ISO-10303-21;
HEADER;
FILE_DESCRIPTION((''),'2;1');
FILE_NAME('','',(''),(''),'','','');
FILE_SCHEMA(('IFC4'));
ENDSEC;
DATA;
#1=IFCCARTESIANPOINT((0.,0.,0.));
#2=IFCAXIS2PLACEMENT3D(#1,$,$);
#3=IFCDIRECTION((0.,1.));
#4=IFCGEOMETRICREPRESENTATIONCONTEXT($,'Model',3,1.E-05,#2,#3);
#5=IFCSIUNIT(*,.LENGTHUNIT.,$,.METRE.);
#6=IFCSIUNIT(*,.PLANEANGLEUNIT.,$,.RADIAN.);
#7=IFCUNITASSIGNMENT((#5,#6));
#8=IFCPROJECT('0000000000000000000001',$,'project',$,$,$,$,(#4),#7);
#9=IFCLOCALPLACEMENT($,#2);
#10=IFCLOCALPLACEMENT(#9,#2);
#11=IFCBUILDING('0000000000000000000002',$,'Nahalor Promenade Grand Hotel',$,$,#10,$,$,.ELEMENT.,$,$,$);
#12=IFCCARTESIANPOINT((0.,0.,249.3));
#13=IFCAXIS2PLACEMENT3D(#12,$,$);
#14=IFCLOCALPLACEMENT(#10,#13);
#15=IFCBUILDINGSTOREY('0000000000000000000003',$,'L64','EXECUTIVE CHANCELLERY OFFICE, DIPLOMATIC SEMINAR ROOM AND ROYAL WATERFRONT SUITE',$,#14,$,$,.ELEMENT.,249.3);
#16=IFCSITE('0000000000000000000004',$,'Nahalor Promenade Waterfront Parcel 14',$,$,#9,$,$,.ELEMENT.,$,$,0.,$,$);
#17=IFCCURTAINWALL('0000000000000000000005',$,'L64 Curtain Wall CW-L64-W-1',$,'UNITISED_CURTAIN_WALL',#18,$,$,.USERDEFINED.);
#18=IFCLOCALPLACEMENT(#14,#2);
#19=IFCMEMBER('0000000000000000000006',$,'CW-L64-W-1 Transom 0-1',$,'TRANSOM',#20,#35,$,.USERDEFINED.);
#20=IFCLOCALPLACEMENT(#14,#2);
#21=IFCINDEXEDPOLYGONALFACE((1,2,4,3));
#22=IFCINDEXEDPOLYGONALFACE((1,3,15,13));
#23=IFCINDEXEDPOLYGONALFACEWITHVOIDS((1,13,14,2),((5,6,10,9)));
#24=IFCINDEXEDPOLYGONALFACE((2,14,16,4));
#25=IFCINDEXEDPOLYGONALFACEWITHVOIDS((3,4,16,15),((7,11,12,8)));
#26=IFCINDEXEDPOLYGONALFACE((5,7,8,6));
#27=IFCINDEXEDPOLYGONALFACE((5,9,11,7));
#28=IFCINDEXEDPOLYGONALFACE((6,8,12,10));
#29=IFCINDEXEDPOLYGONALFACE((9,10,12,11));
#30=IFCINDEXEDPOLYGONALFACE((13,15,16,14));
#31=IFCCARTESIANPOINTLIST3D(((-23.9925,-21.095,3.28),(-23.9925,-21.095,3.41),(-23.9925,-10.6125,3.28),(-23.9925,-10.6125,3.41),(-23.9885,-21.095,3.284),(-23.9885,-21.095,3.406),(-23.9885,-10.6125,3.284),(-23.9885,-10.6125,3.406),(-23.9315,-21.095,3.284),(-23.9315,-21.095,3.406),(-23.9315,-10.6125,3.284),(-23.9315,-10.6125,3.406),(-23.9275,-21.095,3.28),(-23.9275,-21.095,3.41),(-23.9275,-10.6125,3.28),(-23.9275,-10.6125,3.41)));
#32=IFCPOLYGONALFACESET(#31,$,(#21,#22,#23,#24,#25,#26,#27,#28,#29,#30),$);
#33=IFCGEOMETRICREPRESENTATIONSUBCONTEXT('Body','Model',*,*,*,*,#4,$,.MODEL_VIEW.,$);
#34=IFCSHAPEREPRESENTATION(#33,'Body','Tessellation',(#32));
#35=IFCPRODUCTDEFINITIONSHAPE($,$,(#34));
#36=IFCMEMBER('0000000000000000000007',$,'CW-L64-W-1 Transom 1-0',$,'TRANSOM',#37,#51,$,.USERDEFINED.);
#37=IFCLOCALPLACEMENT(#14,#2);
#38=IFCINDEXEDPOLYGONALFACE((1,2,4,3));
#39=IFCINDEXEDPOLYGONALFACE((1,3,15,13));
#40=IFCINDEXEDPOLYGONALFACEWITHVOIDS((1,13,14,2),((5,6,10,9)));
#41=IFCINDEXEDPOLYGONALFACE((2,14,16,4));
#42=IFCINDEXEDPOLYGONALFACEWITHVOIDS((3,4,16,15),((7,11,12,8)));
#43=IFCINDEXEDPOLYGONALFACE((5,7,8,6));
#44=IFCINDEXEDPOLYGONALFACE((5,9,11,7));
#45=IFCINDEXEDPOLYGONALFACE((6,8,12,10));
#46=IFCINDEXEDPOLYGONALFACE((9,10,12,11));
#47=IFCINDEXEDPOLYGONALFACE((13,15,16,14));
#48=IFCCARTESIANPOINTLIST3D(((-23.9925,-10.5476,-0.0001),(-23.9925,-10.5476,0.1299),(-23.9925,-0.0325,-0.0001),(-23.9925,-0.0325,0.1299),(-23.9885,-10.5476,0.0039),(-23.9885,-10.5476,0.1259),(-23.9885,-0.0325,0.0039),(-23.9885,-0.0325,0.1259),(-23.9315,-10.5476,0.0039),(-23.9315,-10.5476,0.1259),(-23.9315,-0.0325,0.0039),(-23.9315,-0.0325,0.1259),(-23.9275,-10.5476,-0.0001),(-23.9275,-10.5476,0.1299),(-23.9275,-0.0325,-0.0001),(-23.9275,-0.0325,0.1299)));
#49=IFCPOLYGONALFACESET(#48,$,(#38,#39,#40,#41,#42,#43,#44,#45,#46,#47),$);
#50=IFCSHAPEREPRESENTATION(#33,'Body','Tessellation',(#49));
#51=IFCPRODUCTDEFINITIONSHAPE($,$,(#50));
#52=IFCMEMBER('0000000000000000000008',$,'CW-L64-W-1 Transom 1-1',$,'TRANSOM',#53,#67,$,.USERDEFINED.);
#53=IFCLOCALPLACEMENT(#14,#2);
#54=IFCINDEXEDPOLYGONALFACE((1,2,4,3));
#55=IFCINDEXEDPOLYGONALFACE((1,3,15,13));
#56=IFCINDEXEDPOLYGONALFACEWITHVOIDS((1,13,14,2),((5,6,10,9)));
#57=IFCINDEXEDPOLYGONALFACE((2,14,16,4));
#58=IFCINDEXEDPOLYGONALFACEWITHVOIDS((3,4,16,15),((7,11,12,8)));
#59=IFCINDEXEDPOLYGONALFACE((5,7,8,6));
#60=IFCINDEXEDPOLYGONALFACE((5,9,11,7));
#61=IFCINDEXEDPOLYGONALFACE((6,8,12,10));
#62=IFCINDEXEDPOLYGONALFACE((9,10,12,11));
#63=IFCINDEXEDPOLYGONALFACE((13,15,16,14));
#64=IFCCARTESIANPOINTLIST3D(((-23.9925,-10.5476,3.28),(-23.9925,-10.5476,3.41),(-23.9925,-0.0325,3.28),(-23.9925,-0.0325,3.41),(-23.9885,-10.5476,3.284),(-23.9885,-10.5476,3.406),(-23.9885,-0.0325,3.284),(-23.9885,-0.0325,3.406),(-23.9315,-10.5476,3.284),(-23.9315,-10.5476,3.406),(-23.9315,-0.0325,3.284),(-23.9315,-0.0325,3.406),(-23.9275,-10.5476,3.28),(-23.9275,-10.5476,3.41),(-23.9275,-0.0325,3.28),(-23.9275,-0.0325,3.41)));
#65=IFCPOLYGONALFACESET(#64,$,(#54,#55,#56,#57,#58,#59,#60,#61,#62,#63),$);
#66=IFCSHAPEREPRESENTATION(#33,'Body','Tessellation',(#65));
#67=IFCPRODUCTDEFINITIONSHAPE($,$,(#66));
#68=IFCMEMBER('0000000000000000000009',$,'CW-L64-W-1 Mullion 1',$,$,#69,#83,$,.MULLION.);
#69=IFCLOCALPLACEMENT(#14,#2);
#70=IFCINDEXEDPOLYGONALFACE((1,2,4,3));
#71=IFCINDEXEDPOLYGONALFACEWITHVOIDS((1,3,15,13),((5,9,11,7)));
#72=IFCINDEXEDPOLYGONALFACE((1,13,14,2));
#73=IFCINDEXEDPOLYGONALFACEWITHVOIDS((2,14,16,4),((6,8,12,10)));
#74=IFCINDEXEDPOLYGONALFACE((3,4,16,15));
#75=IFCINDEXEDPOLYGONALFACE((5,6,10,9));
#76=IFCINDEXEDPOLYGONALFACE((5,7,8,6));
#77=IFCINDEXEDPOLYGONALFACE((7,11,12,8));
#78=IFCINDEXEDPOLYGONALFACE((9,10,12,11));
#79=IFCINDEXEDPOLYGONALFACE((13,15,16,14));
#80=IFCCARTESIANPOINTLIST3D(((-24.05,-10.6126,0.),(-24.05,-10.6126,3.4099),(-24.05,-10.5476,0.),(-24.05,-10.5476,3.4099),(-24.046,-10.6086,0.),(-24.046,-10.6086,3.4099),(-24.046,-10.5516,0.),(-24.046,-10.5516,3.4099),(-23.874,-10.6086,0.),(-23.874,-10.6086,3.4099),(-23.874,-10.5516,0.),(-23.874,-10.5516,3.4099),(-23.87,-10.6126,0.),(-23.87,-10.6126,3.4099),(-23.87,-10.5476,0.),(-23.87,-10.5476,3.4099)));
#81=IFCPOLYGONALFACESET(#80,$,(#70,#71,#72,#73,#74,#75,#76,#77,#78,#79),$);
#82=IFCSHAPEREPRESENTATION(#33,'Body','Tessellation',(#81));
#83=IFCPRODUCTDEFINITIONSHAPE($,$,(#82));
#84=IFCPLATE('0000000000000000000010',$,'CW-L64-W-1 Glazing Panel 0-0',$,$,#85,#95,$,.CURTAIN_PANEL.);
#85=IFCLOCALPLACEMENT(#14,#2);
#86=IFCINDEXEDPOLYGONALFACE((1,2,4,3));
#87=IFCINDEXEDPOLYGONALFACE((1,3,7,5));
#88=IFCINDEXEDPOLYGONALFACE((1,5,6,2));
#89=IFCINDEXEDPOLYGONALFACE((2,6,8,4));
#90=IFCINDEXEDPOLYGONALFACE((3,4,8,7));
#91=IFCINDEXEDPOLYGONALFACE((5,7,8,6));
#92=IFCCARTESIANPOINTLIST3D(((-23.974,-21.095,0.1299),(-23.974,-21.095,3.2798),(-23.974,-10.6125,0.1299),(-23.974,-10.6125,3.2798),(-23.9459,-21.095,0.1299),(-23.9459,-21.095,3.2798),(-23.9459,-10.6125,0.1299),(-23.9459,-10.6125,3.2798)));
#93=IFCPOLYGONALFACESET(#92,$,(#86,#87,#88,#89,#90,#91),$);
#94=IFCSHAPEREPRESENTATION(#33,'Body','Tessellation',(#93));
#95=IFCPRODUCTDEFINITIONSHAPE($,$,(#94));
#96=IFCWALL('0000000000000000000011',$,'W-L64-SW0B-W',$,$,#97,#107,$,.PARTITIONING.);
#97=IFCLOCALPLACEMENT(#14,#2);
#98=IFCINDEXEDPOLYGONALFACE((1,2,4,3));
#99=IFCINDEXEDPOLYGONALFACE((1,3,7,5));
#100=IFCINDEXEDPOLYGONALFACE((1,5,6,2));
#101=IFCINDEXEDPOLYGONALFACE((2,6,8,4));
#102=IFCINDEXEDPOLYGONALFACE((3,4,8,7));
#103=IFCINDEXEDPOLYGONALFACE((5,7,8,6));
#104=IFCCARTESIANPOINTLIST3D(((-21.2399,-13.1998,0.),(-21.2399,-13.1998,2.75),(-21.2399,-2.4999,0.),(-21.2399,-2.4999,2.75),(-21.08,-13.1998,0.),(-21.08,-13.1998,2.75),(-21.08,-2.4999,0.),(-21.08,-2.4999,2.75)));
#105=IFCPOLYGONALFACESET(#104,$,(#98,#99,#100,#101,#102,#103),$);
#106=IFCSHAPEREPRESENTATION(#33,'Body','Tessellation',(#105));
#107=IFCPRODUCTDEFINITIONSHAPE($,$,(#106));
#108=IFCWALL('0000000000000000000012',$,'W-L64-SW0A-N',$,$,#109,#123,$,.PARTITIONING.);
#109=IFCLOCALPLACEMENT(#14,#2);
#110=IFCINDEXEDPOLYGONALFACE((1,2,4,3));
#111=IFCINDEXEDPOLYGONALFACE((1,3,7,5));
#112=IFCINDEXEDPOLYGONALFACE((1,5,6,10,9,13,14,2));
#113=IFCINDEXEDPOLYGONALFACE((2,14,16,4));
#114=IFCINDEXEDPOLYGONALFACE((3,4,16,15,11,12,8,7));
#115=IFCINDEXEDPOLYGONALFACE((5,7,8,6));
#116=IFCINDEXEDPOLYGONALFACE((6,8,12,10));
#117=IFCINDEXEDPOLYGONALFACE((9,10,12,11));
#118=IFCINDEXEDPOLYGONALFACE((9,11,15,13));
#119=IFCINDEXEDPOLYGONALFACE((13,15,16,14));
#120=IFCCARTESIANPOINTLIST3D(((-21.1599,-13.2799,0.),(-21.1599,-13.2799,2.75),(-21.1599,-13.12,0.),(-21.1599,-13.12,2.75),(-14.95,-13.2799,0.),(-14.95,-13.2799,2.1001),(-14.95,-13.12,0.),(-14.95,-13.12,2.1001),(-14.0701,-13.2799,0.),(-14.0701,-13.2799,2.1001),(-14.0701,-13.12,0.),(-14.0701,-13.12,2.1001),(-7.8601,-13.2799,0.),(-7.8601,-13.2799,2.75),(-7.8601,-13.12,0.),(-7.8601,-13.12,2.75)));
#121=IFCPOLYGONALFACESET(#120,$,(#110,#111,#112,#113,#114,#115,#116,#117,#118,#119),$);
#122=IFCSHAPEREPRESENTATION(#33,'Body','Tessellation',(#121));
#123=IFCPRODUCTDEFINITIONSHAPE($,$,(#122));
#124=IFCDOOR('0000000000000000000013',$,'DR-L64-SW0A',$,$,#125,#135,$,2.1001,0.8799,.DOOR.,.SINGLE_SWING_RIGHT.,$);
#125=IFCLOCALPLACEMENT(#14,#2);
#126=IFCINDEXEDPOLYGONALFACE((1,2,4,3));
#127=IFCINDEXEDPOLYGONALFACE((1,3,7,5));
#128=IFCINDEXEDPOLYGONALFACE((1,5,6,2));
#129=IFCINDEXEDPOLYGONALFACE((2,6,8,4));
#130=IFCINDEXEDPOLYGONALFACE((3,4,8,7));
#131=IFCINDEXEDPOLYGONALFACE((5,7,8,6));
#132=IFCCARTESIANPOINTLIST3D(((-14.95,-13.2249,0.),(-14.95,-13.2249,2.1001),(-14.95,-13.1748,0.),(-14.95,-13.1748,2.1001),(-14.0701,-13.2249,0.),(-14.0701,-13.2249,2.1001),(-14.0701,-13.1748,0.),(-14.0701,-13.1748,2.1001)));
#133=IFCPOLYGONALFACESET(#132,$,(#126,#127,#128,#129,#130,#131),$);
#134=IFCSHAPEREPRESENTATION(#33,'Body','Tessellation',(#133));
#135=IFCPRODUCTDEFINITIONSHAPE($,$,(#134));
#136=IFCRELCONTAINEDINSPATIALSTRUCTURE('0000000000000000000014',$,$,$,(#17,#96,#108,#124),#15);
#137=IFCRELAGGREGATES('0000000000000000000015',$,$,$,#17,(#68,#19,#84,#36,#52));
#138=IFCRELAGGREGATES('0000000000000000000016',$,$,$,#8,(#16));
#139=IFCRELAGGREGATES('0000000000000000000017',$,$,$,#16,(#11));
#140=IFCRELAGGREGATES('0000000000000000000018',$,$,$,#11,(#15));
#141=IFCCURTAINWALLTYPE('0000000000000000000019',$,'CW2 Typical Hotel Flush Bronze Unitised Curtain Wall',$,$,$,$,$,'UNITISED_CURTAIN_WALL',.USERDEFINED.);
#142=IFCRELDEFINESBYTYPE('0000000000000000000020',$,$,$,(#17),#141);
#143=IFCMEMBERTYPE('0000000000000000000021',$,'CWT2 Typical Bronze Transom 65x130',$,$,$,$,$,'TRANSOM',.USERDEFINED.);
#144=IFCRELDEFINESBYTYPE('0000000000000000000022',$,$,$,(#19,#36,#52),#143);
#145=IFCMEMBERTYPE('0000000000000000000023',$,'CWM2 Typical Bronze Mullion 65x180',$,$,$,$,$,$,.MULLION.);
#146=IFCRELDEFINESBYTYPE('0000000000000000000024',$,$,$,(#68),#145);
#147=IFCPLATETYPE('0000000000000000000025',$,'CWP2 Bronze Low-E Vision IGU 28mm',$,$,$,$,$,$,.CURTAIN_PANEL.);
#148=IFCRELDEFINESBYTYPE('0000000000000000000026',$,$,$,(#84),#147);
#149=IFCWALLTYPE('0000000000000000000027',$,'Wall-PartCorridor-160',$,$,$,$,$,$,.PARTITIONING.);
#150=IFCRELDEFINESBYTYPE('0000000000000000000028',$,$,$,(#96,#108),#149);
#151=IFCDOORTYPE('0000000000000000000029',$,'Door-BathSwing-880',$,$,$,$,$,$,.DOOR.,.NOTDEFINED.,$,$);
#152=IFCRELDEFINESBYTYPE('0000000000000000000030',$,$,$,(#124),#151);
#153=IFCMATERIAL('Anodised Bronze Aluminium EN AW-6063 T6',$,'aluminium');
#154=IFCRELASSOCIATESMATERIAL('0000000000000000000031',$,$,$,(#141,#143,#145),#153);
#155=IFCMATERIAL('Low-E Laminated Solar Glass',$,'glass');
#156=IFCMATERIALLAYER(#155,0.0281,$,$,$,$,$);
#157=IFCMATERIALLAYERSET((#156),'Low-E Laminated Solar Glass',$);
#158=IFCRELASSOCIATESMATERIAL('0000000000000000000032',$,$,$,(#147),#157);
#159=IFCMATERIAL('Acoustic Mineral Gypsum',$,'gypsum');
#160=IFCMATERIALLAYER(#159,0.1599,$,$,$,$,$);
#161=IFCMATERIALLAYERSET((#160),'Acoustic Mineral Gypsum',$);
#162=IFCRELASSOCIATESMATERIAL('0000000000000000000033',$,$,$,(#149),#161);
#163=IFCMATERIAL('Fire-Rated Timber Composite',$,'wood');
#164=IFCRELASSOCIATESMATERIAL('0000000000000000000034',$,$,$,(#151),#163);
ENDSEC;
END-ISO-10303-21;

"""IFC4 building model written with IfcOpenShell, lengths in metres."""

from ifc_helpers import new_model, si_unit, direction, frame, frame_2d, origin, origin_2d, place, context, subcontext, project, spatial, rectangle, hollow_rectangle, extrude, source, transform, mapped, material, layer, layer_set, material_profile, profile_set, type_object, element, fill, aggregate, save


model = new_model("IFC4")

# Units and contexts
model_context = context("Model", 3, precision=1e-05, world=origin(), true_north=direction((0.0, 1.0)))
body_context = subcontext(model_context, "Body", "Model", "MODEL_VIEW")
ifc_project = project(units=[si_unit("LENGTHUNIT", "METRE"), si_unit("PLANEANGLEUNIT", "RADIAN")], contexts=[model_context])

# Site, building, storey
site_placement = place(None, origin())
site = spatial("IfcSite", under=ifc_project, at=site_placement, Name="Nahalor Promenade Waterfront Parcel 14", CompositionType="ELEMENT", RefElevation=0.0)
building_placement = place(site_placement, origin())
building = spatial("IfcBuilding", under=site, at=building_placement, Name="Nahalor Promenade Grand Hotel", CompositionType="ELEMENT")
storey_placement = place(building_placement, frame((0.0, 0.0, 249.3)))
storey = spatial("IfcBuildingStorey", under=building, at=storey_placement, Name="L64", Description="EXECUTIVE CHANCELLERY OFFICE, DIPLOMATIC SEMINAR ROOM AND ROYAL WATERFRONT SUITE", CompositionType="ELEMENT", Elevation=249.3)

# Curtain wall, members, plate
ifc_material_1 = material(Name="Anodised Bronze Aluminium EN AW-6063 T6", Category="aluminium")
curtain_wall_type = type_object("IfcCurtainWallType", Name="CW2 Typical Hotel Flush Bronze Unitised Curtain Wall", ElementType="UNITISED_CURTAIN_WALL", PredefinedType="USERDEFINED", material=ifc_material_1)
curtain_wall_placement = place(storey_placement, origin())
curtain_wall = element("IfcCurtainWall", 1, at=curtain_wall_placement, inside=storey, type_object=curtain_wall_type, Name="L64 Curtain Wall CW-L64-W-1", ObjectType="UNITISED_CURTAIN_WALL", PredefinedType="USERDEFINED")
ifc_material_profile_1 = material_profile(ifc_material_1, hollow_rectangle(XDim=0.065, YDim=0.13, WallThickness=0.004, at=origin_2d()), Name="CWT 65x130x4")
ifc_profile_set_1 = profile_set([ifc_material_profile_1], Name="Anodised Bronze Aluminium EN AW-6063 T6")
member_type_1 = type_object("IfcMemberType", Name="CWT2 Typical Bronze Transom 65x130", ElementType="TRANSOM", PredefinedType="USERDEFINED", material=ifc_profile_set_1)
shared_shape_1 = source(origin(), body_context, "Body", "SweptSolid", [
    extrude(hollow_rectangle(XDim=0.065, YDim=0.13, WallThickness=0.004, at=origin_2d()), origin(), (0.0, 0.0, 1.0), 10.4824),
])
member_1_placement = place(storey_placement, frame((-23.96, -21.095, 3.345), z_axis=(0.0, 1.0, 0.0), x_axis=(-1.0, 0.0, 0.0)))
member_1 = element("IfcMember", 2, at=member_1_placement, type_object=member_type_1, Name="CW-L64-W-1 Transom 0-1", ObjectType="TRANSOM", PredefinedType="USERDEFINED", context=body_context, shape_type="MappedRepresentation", body=[
    mapped(shared_shape_1, transform((0.0, 0.0, 0.0), scale=1.0)),
])
shared_shape_2 = source(origin(), body_context, "Body", "SweptSolid", [
    extrude(hollow_rectangle(XDim=0.065, YDim=0.13, WallThickness=0.004, at=origin_2d()), origin(), (0.0, 0.0, 1.0), 10.5151),
])
member_2_placement = place(storey_placement, frame((-23.96, -10.5476, 0.0649), z_axis=(0.0, 1.0, 0.0), x_axis=(-1.0, 0.0, 0.0)))
member_2 = element("IfcMember", 3, at=member_2_placement, type_object=member_type_1, Name="CW-L64-W-1 Transom 1-0", ObjectType="TRANSOM", PredefinedType="USERDEFINED", context=body_context, shape_type="MappedRepresentation", body=[
    mapped(shared_shape_2, transform((0.0, 0.0, 0.0), scale=1.0)),
])
member_3_placement = place(storey_placement, frame((-23.96, -10.5476, 3.345), z_axis=(0.0, 1.0, 0.0), x_axis=(-1.0, 0.0, 0.0)))
member_3 = element("IfcMember", 4, at=member_3_placement, type_object=member_type_1, Name="CW-L64-W-1 Transom 1-1", ObjectType="TRANSOM", PredefinedType="USERDEFINED", context=body_context, shape_type="MappedRepresentation", body=[
    mapped(shared_shape_2, transform((0.0, 0.0, 0.0), scale=1.0)),
])
ifc_material_profile_2 = material_profile(ifc_material_1, hollow_rectangle(XDim=0.065, YDim=0.18, WallThickness=0.004, at=origin_2d()), Name="CWM 65x180x4")
ifc_profile_set_2 = profile_set([ifc_material_profile_2], Name="Anodised Bronze Aluminium EN AW-6063 T6")
member_type_2 = type_object("IfcMemberType", Name="CWM2 Typical Bronze Mullion 65x180", PredefinedType="MULLION", material=ifc_profile_set_2)
shared_shape_3 = source(origin(), body_context, "Body", "SweptSolid", [
    extrude(hollow_rectangle(XDim=0.065, YDim=0.18, WallThickness=0.004, at=origin_2d()), origin(), (0.0, 0.0, 1.0), 3.4099),
])
member_4_placement = place(storey_placement, frame((-23.96, -10.5801, 0.0), z_axis=(0.0, 0.0, 1.0), x_axis=(0.0, 1.0, 0.0)))
member_4 = element("IfcMember", 5, at=member_4_placement, type_object=member_type_2, Name="CW-L64-W-1 Mullion 1", PredefinedType="MULLION", context=body_context, shape_type="MappedRepresentation", body=[
    mapped(shared_shape_3, transform((0.0, 0.0, 0.0), scale=1.0)),
])
ifc_material_2 = material(Name="Low-E Laminated Solar Glass", Category="glass")
ifc_layer_1 = layer(ifc_material_2, 0.0281)
ifc_layer_set_1 = layer_set([ifc_layer_1], Name="Low-E Laminated Solar Glass")
plate_type = type_object("IfcPlateType", Name="CWP2 Bronze Low-E Vision IGU 28mm", PredefinedType="CURTAIN_PANEL", material=ifc_layer_set_1)
shared_shape_4 = source(origin(), body_context, "Body", "SweptSolid", [
    extrude(rectangle(XDim=10.4824, YDim=0.0281, at=origin_2d()), origin(), (0.0, 0.0, 1.0), 3.1499),
])
plate_placement = place(storey_placement, frame((-23.96, -15.8538, 0.1299), z_axis=(0.0, 0.0, 1.0), x_axis=(0.0, 1.0, 0.0)))
plate = element("IfcPlate", 6, at=plate_placement, type_object=plate_type, Name="CW-L64-W-1 Glazing Panel 0-0", PredefinedType="CURTAIN_PANEL", context=body_context, shape_type="MappedRepresentation", body=[
    mapped(shared_shape_4, transform((0.0, 0.0, 0.0), scale=1.0)),
])
aggregate(curtain_wall, [member_4, member_1, plate, member_2, member_3])

# Wall
ifc_material_3 = material(Name="Acoustic Mineral Gypsum", Category="gypsum")
ifc_layer_2 = layer(ifc_material_3, 0.1599)
ifc_layer_set_2 = layer_set([ifc_layer_2], Name="Acoustic Mineral Gypsum")
wall_type = type_object("IfcWallType", Name="Wall-PartCorridor-160", PredefinedType="PARTITIONING", material=ifc_layer_set_2)
shared_shape_5 = source(origin(), body_context, "Body", "SweptSolid", [
    extrude(rectangle(XDim=10.7, YDim=0.1599, at=frame_2d((5.3501, 0.0))), origin(), (0.0, 0.0, 1.0), 2.75),
])
wall_1_placement = place(storey_placement, frame((-21.1599, -13.2, 0.0), z_axis=(0.0, 0.0, 1.0), x_axis=(0.0, 1.0, 0.0)))
element("IfcWall", 7, at=wall_1_placement, inside=storey, type_object=wall_type, Name="W-L64-SW0B-W", PredefinedType="PARTITIONING", context=body_context, shape_type="MappedRepresentation", body=[
    mapped(shared_shape_5, transform((0.0, 0.0, 0.0), scale=1.0)),
])

# Wall, opening, door
shared_shape_6 = source(origin(), body_context, "Body", "SweptSolid", [
    extrude(rectangle(XDim=13.2998, YDim=0.1599, at=frame_2d((6.6499, 0.0))), origin(), (0.0, 0.0, 1.0), 2.75),
])
wall_2_placement = place(storey_placement, frame((-21.1599, -13.2, 0.0), z_axis=(0.0, 0.0, 1.0), x_axis=(1.0, 0.0, 0.0)))
wall_2 = element("IfcWall", 8, at=wall_2_placement, inside=storey, type_object=wall_type, Name="W-L64-SW0A-N", PredefinedType="PARTITIONING", context=body_context, shape_type="MappedRepresentation", body=[
    mapped(shared_shape_6, transform((0.0, 0.0, 0.0), scale=1.0)),
])
opening_placement = place(wall_2_placement, frame((6.21, 0.0, 0.0)))
opening = element("IfcOpeningElement", 9, at=opening_placement, cuts=wall_2, PredefinedType="OPENING", context=body_context, shape_type="SweptSolid", body=[
    extrude(rectangle(XDim=0.8799, YDim=2.1001, at=frame_2d((0.4399, 1.05))), frame((0.0, 0.0898, 0.0), z_axis=(0.0, -1.0, 0.0), x_axis=(1.0, 0.0, 0.0)), (0.0, 0.0, 1.0), 0.1799),
])
ifc_material_4 = material(Name="Fire-Rated Timber Composite", Category="wood")
door_type = type_object("IfcDoorType", Name="Door-BathSwing-880", OperationType="NOTDEFINED", PredefinedType="DOOR", material=ifc_material_4)
shared_shape_7 = source(origin(), body_context, "Body", "SweptSolid", [
    extrude(rectangle(XDim=0.8799, YDim=2.1001, at=frame_2d((0.4399, 1.05))), frame((0.0, 0.0249, 0.0), z_axis=(0.0, -1.0, 0.0), x_axis=(1.0, 0.0, 0.0)), (0.0, 0.0, 1.0), 0.05),
])
door_placement = place(opening_placement, frame((0.8799, 0.0, 0.0), z_axis=(0.0, 0.0, 1.0), x_axis=(-1.0, 0.0, 0.0)))
door = element("IfcDoor", 10, at=door_placement, inside=storey, type_object=door_type, Name="DR-L64-SW0A", OperationType="SINGLE_SWING_RIGHT", OverallHeight=2.1001, OverallWidth=0.8799, PredefinedType="DOOR", context=body_context, shape_type="MappedRepresentation", body=[
    mapped(shared_shape_7, transform((0.0, 0.0, 0.0), scale=1.0)),
])
fill(opening, door)

save(model, "model.ifc")
